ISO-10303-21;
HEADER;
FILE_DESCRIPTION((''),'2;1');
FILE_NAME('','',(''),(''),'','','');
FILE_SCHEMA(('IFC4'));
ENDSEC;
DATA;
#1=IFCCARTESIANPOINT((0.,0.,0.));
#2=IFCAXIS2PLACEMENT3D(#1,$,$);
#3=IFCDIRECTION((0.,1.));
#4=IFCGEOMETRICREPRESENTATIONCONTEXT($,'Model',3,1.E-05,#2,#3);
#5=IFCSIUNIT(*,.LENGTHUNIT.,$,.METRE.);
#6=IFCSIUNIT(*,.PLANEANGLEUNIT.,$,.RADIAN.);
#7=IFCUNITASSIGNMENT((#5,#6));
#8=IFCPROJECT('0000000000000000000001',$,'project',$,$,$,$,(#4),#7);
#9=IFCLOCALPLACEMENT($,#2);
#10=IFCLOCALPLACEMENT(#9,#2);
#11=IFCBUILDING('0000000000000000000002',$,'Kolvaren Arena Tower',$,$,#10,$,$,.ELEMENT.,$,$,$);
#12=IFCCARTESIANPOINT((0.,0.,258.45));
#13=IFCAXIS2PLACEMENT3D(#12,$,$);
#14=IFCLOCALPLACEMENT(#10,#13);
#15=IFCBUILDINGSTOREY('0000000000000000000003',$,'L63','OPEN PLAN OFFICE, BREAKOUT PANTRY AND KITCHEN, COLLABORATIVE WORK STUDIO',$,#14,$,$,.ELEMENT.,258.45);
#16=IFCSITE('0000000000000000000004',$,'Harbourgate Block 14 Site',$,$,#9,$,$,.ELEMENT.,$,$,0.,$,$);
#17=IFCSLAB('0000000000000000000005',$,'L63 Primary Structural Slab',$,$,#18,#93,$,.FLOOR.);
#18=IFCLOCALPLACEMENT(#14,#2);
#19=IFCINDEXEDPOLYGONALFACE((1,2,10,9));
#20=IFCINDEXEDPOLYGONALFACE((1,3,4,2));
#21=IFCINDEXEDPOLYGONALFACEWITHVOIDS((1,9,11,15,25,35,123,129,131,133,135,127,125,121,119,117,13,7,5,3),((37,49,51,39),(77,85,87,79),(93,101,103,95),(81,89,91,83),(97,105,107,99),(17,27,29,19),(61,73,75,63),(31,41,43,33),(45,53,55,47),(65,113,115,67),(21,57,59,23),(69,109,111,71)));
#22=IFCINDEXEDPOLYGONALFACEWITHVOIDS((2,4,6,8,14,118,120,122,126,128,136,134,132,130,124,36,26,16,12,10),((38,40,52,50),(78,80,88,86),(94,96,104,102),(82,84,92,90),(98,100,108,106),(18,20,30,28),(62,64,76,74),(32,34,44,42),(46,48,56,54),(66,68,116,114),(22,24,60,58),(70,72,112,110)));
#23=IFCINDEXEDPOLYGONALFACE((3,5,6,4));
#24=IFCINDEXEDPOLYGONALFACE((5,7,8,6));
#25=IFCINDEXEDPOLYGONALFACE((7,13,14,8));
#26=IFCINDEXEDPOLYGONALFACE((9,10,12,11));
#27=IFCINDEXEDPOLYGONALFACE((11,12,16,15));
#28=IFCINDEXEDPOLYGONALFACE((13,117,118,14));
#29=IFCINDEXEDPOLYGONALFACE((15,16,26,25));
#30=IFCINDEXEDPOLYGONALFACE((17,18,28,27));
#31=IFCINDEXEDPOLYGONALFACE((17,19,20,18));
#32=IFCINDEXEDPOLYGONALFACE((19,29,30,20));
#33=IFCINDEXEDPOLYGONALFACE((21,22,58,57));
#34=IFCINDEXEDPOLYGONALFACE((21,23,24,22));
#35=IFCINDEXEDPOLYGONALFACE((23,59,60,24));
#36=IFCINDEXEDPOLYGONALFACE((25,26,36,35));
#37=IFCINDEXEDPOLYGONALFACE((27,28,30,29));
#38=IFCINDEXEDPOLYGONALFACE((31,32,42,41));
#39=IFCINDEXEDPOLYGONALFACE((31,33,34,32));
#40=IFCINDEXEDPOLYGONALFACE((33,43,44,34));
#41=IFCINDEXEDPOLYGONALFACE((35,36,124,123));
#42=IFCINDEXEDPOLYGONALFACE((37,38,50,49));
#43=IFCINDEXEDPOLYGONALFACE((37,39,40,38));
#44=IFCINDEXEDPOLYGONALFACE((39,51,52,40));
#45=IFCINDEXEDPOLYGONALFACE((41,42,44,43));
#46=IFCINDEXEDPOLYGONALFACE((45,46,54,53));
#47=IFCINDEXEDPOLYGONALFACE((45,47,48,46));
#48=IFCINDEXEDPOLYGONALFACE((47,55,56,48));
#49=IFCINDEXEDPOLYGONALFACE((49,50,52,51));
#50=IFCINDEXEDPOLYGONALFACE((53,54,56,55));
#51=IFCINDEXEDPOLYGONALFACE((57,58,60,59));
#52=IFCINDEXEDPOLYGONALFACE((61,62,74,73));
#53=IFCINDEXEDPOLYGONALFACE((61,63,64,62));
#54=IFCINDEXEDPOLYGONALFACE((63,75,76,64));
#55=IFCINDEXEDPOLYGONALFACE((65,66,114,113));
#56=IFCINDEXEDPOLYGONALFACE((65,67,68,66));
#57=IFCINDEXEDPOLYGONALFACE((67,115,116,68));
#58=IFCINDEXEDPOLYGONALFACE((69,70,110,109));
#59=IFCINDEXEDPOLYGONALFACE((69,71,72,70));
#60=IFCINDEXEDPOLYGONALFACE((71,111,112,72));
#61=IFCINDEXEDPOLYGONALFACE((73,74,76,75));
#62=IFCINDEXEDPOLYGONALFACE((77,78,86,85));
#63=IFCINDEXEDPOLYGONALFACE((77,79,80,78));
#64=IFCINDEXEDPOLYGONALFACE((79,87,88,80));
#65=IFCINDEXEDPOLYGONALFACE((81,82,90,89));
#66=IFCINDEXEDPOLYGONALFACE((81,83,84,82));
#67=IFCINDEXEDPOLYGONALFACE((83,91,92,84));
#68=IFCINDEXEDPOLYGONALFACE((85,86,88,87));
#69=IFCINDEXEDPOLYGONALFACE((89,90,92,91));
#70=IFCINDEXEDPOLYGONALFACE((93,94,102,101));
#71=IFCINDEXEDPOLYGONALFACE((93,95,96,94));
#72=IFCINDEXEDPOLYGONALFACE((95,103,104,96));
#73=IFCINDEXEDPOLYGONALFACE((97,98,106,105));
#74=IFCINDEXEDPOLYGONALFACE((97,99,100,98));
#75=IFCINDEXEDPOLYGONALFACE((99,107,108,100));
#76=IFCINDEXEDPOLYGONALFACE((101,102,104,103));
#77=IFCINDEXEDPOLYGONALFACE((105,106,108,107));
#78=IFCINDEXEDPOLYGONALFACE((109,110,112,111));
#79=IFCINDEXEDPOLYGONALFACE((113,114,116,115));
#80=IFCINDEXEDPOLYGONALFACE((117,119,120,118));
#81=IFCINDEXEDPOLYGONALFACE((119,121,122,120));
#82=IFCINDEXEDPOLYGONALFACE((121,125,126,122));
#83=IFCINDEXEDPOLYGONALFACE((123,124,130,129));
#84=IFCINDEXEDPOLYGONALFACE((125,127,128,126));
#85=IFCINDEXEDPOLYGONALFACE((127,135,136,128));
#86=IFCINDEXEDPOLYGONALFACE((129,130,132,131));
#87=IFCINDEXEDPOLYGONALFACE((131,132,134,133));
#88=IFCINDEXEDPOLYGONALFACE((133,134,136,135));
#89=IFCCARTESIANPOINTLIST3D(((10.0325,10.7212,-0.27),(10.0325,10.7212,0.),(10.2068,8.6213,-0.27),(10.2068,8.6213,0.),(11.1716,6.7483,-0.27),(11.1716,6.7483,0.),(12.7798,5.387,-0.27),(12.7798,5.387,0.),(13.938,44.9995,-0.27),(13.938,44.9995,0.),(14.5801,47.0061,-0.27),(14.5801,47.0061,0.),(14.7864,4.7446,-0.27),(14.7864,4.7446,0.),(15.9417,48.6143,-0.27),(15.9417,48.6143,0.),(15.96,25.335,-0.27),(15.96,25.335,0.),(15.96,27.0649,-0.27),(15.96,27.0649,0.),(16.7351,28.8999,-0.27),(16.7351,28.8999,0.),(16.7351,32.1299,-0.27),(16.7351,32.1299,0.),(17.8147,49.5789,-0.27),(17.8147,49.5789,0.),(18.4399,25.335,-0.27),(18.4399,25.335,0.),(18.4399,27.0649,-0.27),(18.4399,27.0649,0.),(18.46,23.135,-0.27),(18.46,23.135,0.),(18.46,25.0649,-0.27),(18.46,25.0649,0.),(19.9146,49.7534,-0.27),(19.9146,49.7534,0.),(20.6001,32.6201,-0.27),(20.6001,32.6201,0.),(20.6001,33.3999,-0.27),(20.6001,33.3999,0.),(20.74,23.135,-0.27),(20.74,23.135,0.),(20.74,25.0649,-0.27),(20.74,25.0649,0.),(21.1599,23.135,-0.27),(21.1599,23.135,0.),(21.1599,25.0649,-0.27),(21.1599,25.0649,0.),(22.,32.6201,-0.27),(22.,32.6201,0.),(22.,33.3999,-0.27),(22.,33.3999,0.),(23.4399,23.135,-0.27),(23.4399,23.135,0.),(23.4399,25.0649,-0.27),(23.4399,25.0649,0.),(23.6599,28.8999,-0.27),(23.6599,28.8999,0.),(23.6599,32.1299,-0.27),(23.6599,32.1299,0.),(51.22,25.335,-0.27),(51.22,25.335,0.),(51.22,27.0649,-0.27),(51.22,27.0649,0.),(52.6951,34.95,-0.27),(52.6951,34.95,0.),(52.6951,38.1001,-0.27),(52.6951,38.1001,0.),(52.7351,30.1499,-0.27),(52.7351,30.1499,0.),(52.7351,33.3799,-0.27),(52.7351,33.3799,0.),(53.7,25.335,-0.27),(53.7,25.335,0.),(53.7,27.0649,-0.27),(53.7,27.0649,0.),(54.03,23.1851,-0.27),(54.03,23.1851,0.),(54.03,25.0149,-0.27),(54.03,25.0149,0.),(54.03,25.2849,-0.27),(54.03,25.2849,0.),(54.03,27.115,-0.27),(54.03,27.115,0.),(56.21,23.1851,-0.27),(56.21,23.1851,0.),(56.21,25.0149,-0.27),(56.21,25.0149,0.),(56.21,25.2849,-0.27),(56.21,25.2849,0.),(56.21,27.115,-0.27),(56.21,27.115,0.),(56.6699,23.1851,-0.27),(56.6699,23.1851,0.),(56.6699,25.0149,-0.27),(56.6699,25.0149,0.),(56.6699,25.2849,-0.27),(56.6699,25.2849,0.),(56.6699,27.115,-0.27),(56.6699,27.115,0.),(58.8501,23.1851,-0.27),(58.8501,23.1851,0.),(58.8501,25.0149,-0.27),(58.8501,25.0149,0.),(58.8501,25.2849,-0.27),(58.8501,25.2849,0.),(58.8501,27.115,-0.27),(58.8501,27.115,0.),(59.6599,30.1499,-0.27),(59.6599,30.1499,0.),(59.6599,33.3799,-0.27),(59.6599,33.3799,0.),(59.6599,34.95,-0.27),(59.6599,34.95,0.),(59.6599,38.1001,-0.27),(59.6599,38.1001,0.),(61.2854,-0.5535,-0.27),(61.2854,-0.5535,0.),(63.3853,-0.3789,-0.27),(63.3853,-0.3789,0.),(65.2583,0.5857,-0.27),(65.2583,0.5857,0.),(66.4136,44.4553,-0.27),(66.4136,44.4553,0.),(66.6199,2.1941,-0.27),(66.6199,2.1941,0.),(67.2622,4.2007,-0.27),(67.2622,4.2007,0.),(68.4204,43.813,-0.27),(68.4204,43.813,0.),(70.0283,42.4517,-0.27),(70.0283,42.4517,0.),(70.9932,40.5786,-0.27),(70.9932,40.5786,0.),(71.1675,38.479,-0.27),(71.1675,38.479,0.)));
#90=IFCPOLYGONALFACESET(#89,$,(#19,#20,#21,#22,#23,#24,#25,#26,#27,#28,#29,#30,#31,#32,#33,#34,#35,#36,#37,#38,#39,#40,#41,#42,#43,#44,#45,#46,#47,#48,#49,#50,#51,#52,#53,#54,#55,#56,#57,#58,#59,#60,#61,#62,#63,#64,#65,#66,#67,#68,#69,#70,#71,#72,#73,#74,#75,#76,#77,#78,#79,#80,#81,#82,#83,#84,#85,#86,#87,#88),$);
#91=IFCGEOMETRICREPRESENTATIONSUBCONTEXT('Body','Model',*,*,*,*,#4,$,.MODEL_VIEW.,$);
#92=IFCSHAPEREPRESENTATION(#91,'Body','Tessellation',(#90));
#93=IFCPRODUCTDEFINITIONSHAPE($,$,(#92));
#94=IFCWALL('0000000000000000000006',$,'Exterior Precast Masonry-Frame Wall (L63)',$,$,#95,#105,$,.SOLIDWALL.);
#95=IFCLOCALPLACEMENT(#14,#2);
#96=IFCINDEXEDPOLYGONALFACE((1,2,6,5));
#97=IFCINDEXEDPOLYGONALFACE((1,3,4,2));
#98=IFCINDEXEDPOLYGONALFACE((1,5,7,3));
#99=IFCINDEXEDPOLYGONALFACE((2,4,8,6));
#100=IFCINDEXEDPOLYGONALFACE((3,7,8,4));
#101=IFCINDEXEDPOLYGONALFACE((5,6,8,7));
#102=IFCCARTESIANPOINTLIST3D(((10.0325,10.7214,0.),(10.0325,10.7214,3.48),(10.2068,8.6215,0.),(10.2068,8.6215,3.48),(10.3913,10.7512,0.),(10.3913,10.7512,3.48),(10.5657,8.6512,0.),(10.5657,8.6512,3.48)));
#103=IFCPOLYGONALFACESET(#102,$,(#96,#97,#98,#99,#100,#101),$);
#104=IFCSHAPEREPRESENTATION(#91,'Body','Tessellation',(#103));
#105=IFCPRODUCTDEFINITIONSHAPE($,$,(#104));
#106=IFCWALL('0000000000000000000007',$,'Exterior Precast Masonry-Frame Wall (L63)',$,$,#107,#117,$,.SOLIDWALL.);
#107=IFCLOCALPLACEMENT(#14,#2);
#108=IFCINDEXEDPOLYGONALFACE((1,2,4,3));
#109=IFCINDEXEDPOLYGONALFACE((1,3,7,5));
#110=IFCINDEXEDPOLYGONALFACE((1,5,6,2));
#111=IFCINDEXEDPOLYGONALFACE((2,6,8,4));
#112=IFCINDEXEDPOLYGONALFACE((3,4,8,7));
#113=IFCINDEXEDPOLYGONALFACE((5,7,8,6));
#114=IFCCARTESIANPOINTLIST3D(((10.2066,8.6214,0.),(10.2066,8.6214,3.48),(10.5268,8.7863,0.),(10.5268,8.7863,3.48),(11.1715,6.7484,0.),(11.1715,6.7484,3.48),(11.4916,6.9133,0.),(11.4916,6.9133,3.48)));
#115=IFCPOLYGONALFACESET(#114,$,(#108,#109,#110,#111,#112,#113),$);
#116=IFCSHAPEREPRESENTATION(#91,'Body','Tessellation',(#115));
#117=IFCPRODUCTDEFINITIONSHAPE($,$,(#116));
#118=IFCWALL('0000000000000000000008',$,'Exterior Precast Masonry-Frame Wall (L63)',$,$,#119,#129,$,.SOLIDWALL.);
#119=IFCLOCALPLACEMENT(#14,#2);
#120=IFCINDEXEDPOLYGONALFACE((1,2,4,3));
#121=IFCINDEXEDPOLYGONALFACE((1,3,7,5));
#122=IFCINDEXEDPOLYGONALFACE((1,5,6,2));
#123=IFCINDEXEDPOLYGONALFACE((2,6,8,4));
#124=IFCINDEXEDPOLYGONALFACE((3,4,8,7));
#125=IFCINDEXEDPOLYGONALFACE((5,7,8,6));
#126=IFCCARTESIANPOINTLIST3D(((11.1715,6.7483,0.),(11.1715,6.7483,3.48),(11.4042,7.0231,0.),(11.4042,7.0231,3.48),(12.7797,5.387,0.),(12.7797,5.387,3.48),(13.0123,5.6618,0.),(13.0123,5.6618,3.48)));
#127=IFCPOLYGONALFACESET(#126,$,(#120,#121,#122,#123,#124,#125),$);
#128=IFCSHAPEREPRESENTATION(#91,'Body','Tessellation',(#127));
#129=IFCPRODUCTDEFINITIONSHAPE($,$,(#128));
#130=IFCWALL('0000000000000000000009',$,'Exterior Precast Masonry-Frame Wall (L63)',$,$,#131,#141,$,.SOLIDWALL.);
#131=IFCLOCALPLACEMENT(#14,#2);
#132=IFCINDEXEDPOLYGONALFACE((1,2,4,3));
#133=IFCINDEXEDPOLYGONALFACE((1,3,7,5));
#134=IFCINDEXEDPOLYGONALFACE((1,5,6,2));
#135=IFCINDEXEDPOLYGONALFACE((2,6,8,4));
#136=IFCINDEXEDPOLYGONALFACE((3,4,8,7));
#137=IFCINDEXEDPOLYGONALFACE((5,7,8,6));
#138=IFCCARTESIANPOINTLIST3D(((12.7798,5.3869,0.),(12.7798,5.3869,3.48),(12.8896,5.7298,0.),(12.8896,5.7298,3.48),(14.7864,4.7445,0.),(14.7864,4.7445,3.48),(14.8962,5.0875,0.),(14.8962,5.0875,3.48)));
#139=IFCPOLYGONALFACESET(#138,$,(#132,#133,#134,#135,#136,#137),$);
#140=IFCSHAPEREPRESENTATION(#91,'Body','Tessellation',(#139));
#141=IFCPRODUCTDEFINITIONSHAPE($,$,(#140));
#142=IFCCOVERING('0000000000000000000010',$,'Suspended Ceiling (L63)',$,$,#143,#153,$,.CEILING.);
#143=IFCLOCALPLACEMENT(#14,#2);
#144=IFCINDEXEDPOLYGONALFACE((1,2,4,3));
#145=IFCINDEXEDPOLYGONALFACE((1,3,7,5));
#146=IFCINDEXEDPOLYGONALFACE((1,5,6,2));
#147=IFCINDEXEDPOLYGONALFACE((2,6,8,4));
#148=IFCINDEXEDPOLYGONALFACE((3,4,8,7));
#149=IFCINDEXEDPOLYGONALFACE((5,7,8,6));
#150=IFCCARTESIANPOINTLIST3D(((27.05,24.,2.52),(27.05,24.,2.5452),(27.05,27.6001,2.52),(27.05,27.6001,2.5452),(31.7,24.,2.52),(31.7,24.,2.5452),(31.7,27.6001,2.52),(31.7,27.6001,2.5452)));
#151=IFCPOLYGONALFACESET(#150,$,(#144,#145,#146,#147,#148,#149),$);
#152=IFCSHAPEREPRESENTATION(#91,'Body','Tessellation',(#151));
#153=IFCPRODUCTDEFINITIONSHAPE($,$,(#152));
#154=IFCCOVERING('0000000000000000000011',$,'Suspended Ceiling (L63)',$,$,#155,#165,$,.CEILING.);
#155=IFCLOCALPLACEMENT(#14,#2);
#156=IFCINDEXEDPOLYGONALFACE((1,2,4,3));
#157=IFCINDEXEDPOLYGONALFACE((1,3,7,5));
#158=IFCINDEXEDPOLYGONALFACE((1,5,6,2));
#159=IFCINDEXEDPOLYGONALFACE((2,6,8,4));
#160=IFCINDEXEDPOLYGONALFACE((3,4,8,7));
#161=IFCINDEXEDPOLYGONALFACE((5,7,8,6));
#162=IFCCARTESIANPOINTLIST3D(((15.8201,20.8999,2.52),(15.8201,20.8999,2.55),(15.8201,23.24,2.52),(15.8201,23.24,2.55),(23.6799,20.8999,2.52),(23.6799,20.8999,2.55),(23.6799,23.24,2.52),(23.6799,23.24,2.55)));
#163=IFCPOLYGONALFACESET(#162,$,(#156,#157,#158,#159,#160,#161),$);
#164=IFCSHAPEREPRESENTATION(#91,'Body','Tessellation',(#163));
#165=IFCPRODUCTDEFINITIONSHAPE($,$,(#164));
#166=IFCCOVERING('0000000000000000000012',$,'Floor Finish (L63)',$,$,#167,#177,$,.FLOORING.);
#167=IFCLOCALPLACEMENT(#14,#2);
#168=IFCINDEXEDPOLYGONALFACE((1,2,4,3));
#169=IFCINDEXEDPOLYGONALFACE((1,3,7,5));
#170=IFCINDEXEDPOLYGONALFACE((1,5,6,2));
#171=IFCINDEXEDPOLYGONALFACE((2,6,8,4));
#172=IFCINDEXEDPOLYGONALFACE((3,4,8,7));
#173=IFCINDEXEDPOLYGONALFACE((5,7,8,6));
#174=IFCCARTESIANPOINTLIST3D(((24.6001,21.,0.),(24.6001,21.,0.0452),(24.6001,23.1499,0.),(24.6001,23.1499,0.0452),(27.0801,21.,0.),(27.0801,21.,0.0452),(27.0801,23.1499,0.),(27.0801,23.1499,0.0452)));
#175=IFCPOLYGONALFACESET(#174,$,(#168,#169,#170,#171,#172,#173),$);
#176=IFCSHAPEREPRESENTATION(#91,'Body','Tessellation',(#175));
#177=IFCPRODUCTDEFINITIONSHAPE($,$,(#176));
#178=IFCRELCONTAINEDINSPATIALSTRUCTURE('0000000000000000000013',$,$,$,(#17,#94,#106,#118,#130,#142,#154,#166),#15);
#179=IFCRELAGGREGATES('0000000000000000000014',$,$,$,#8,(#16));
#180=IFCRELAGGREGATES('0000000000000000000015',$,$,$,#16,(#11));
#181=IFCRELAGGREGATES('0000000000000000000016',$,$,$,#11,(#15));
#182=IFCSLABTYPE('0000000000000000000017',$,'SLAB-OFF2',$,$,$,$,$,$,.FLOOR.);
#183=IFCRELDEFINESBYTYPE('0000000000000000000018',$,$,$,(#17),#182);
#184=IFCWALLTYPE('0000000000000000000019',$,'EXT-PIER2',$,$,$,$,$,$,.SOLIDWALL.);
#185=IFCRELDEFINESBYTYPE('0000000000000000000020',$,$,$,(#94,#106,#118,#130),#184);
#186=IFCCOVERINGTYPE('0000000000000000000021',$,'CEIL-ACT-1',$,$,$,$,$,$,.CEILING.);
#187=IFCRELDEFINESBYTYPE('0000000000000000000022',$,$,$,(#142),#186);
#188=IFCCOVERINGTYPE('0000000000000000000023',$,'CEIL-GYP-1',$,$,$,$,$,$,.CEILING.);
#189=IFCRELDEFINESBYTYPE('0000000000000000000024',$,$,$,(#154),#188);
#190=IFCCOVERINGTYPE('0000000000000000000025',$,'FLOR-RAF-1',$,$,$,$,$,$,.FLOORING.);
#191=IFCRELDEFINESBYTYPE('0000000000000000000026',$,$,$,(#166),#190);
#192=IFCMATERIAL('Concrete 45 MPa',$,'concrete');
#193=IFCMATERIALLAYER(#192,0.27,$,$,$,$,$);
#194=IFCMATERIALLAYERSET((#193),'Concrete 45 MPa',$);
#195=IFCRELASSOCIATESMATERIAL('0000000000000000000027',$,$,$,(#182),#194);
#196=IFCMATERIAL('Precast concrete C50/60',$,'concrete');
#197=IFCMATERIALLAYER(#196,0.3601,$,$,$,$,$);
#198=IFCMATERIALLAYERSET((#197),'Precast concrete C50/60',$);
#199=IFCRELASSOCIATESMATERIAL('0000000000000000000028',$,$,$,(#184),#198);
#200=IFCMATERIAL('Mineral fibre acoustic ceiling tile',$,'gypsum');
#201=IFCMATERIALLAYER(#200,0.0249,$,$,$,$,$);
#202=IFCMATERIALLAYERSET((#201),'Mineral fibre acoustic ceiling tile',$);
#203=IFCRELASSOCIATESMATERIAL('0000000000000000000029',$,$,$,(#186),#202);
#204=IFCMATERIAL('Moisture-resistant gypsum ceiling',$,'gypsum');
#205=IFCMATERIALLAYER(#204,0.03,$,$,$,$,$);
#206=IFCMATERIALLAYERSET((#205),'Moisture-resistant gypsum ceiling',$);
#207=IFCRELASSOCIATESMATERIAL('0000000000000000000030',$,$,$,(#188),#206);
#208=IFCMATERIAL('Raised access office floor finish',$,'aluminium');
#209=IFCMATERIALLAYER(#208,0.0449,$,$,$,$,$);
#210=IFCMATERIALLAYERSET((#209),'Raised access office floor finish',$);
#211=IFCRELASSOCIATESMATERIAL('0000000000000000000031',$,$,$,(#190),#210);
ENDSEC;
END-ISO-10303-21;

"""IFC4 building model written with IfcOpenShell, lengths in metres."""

from ifc_helpers import new_model, si_unit, direction, frame, frame_2d, origin, place, context, subcontext, project, spatial, polyline, rectangle, outline, extrude, material, layer, layer_set, type_object, element, save


model = new_model("IFC4")

# Units and contexts
model_context = context("Model", 3, precision=1e-05, world=origin(), true_north=direction((0.0, 1.0)))
body_context = subcontext(model_context, "Body", "Model", "MODEL_VIEW")
ifc_project = project(units=[si_unit("LENGTHUNIT", "METRE"), si_unit("PLANEANGLEUNIT", "RADIAN")], contexts=[model_context])

# Site, building, storey
site_placement = place(None, origin())
site = spatial("IfcSite", under=ifc_project, at=site_placement, Name="Harbourgate Block 14 Site", CompositionType="ELEMENT", RefElevation=0.0)
building_placement = place(site_placement, origin())
building = spatial("IfcBuilding", under=site, at=building_placement, Name="Kolvaren Arena Tower", CompositionType="ELEMENT")
storey_placement = place(building_placement, frame((0.0, 0.0, 258.45)))
storey = spatial("IfcBuildingStorey", under=building, at=storey_placement, Name="L63", Description="OPEN PLAN OFFICE, BREAKOUT PANTRY AND KITCHEN, COLLABORATIVE WORK STUDIO", CompositionType="ELEMENT", Elevation=258.45)

# Shared definitions
ifc_material_1 = material(Name="Concrete 45 MPa", Category="concrete")

# Slab
ifc_layer_1 = layer(ifc_material_1, 0.27)
ifc_layer_set_1 = layer_set([ifc_layer_1], Name="Concrete 45 MPa")
slab_type_1 = type_object("IfcSlabType", Name="SLAB-OFF2", PredefinedType="FLOOR", material=ifc_layer_set_1)
slab_1_placement = place(storey_placement, frame((0.0, 0.0, -0.27)))
element("IfcSlab", 1, at=slab_1_placement, inside=storey, type_object=slab_type_1, Name="L63 Primary Structural Slab", PredefinedType="FLOOR", context=body_context, shape_type="SweptSolid", body=[
    extrude(outline(polyline([(61.2854, -0.5535), (63.3853, -0.3789), (65.2583, 0.5857), (66.6199, 2.1941), (67.2622, 4.2007), (71.1675, 38.479), (70.9932, 40.5786), (70.0283, 42.4517), (68.4204, 43.813), (66.4136, 44.4553), (19.9146, 49.7534), (17.8147, 49.5789), (15.9417, 48.6143), (14.5801, 47.0061), (13.938, 44.9995), (10.0325, 10.7212), (10.2068, 8.6213), (11.1716, 6.7483), (12.7798, 5.387), (14.7864, 4.7446), (61.2854, -0.5535)]), holes=[polyline([(20.74, 23.135), (18.46, 23.135), (18.46, 25.0649), (20.74, 25.0649), (20.74, 23.135)]), polyline([(21.1599, 23.135), (21.1599, 25.0649), (23.4399, 25.0649), (23.4399, 23.135), (21.1599, 23.135)]), polyline([(56.21, 23.1851), (54.03, 23.1851), (54.03, 25.0149), (56.21, 25.0149), (56.21, 23.1851)]), polyline([(56.6699, 23.1851), (56.6699, 25.0149), (58.8501, 25.0149), (58.8501, 23.1851), (56.6699, 23.1851)]), polyline([(54.03, 25.2849), (54.03, 27.115), (56.21, 27.115), (56.21, 25.2849), (54.03, 25.2849)]), polyline([(58.8501, 25.2849), (56.6699, 25.2849), (56.6699, 27.115), (58.8501, 27.115), (58.8501, 25.2849)]), polyline([(15.96, 25.335), (15.96, 27.0649), (18.4399, 27.0649), (18.4399, 25.335), (15.96, 25.335)]), polyline([(53.7, 25.335), (51.22, 25.335), (51.22, 27.0649), (53.7, 27.0649), (53.7, 25.335)]), polyline([(16.7351, 28.8999), (16.7351, 32.1299), (23.6599, 32.1299), (23.6599, 28.8999), (16.7351, 28.8999)]), polyline([(52.7351, 30.1499), (52.7351, 33.3799), (59.6599, 33.3799), (59.6599, 30.1499), (52.7351, 30.1499)]), polyline([(20.6001, 32.6201), (20.6001, 33.3999), (22.0, 33.3999), (22.0, 32.6201), (20.6001, 32.6201)]), polyline([(52.6951, 34.95), (52.6951, 38.1001), (59.6599, 38.1001), (59.6599, 34.95), (52.6951, 34.95)])]), origin(), (0.0, 0.0, 1.0), 0.27),
])

# Walls
ifc_material_2 = material(Name="Precast concrete C50/60", Category="concrete")
ifc_layer_2 = layer(ifc_material_2, 0.3601)
ifc_layer_set_2 = layer_set([ifc_layer_2], Name="Precast concrete C50/60")
wall_type = type_object("IfcWallType", Name="EXT-PIER2", PredefinedType="SOLIDWALL", material=ifc_layer_set_2)
wall_placement = place(storey_placement, frame((10.3862, 8.6362, 0.0), z_axis=(0.0, 0.0, 1.0), x_axis=(-0.082729, 0.996572, 0.0)))
element("IfcWall", 2, at=wall_placement, inside=storey, type_object=wall_type, Name="Exterior Precast Masonry-Frame Wall (L63)", PredefinedType="SOLIDWALL", context=body_context, shape_type="SweptSolid", body=[
    extrude(rectangle(XDim=2.1072, YDim=0.3601, at=frame_2d((1.0537, 0.0))), origin(), (0.0, 0.0, 1.0), 3.48),
])
for number, where, z_axis, x_axis, name in (
    (3, (11.3315, 6.8308, 0.0), (0.0, 0.0, 1.0), (-0.457934, 0.888986, 0.0), "Exterior Precast Masonry-Frame Wall (L63)"),
    (4, (12.896, 5.5244, 0.0), (0.0, 0.0, 1.0), (-0.76325, 0.646103, 0.0), "Exterior Precast Masonry-Frame Wall (L63)"),
    (5, (14.8413, 4.916, 0.0), (0.0, 0.0, 1.0), (-0.952393, 0.304872, 0.0), "Exterior Precast Masonry-Frame Wall (L63)"),
):
    element("IfcWall", number, at=place(storey_placement, frame(where, z_axis=z_axis, x_axis=x_axis)), inside=storey, type_object=wall_type, Name=name, PredefinedType="SOLIDWALL", context=body_context, shape_type="SweptSolid", body=[
        extrude(rectangle(XDim=2.1069, YDim=0.3601, at=frame_2d((1.0535, 0.0))), origin(), (0.0, 0.0, 1.0), 3.48),
    ])

# Coverings
ifc_material_3 = material(Name="Mineral fibre acoustic ceiling tile", Category="gypsum")
ifc_layer_3 = layer(ifc_material_3, 0.0249)
ifc_layer_set_3 = layer_set([ifc_layer_3], Name="Mineral fibre acoustic ceiling tile")
covering_type_1 = type_object("IfcCoveringType", Name="CEIL-ACT-1", PredefinedType="CEILING", material=ifc_layer_set_3)
covering_1_placement = place(storey_placement, frame((0.0, 0.0, 2.52)))
element("IfcCovering", 6, at=covering_1_placement, inside=storey, type_object=covering_type_1, Name="Suspended Ceiling (L63)", PredefinedType="CEILING", context=body_context, shape_type="SweptSolid", body=[
    extrude(outline(polyline([(27.05, 24.0), (27.05, 27.6001), (31.7, 27.6001), (31.7, 24.0), (27.05, 24.0)])), origin(), (0.0, 0.0, 1.0), 0.0251),
])
ifc_material_4 = material(Name="Moisture-resistant gypsum ceiling", Category="gypsum")
ifc_layer_4 = layer(ifc_material_4, 0.03)
ifc_layer_set_4 = layer_set([ifc_layer_4], Name="Moisture-resistant gypsum ceiling")
covering_type_2 = type_object("IfcCoveringType", Name="CEIL-GYP-1", PredefinedType="CEILING", material=ifc_layer_set_4)
covering_2_placement = place(storey_placement, frame((0.0, 0.0, 2.52)))
element("IfcCovering", 7, at=covering_2_placement, inside=storey, type_object=covering_type_2, Name="Suspended Ceiling (L63)", PredefinedType="CEILING", context=body_context, shape_type="SweptSolid", body=[
    extrude(outline(polyline([(15.8201, 20.8999), (15.8201, 23.24), (23.6799, 23.24), (23.6799, 20.8999), (15.8201, 20.8999)])), origin(), (0.0, 0.0, 1.0), 0.03),
])
ifc_material_5 = material(Name="Raised access office floor finish", Category="aluminium")
ifc_layer_5 = layer(ifc_material_5, 0.0449)
ifc_layer_set_5 = layer_set([ifc_layer_5], Name="Raised access office floor finish")
covering_type_3 = type_object("IfcCoveringType", Name="FLOR-RAF-1", PredefinedType="FLOORING", material=ifc_layer_set_5)
covering_3_placement = place(storey_placement, origin())
element("IfcCovering", 8, at=covering_3_placement, inside=storey, type_object=covering_type_3, Name="Floor Finish (L63)", PredefinedType="FLOORING", context=body_context, shape_type="SweptSolid", body=[
    extrude(outline(polyline([(24.6001, 21.0), (24.6001, 23.1499), (27.0801, 23.1499), (27.0801, 21.0), (24.6001, 21.0)])), origin(), (0.0, 0.0, 1.0), 0.0452),
])

save(model, "model.ifc")
